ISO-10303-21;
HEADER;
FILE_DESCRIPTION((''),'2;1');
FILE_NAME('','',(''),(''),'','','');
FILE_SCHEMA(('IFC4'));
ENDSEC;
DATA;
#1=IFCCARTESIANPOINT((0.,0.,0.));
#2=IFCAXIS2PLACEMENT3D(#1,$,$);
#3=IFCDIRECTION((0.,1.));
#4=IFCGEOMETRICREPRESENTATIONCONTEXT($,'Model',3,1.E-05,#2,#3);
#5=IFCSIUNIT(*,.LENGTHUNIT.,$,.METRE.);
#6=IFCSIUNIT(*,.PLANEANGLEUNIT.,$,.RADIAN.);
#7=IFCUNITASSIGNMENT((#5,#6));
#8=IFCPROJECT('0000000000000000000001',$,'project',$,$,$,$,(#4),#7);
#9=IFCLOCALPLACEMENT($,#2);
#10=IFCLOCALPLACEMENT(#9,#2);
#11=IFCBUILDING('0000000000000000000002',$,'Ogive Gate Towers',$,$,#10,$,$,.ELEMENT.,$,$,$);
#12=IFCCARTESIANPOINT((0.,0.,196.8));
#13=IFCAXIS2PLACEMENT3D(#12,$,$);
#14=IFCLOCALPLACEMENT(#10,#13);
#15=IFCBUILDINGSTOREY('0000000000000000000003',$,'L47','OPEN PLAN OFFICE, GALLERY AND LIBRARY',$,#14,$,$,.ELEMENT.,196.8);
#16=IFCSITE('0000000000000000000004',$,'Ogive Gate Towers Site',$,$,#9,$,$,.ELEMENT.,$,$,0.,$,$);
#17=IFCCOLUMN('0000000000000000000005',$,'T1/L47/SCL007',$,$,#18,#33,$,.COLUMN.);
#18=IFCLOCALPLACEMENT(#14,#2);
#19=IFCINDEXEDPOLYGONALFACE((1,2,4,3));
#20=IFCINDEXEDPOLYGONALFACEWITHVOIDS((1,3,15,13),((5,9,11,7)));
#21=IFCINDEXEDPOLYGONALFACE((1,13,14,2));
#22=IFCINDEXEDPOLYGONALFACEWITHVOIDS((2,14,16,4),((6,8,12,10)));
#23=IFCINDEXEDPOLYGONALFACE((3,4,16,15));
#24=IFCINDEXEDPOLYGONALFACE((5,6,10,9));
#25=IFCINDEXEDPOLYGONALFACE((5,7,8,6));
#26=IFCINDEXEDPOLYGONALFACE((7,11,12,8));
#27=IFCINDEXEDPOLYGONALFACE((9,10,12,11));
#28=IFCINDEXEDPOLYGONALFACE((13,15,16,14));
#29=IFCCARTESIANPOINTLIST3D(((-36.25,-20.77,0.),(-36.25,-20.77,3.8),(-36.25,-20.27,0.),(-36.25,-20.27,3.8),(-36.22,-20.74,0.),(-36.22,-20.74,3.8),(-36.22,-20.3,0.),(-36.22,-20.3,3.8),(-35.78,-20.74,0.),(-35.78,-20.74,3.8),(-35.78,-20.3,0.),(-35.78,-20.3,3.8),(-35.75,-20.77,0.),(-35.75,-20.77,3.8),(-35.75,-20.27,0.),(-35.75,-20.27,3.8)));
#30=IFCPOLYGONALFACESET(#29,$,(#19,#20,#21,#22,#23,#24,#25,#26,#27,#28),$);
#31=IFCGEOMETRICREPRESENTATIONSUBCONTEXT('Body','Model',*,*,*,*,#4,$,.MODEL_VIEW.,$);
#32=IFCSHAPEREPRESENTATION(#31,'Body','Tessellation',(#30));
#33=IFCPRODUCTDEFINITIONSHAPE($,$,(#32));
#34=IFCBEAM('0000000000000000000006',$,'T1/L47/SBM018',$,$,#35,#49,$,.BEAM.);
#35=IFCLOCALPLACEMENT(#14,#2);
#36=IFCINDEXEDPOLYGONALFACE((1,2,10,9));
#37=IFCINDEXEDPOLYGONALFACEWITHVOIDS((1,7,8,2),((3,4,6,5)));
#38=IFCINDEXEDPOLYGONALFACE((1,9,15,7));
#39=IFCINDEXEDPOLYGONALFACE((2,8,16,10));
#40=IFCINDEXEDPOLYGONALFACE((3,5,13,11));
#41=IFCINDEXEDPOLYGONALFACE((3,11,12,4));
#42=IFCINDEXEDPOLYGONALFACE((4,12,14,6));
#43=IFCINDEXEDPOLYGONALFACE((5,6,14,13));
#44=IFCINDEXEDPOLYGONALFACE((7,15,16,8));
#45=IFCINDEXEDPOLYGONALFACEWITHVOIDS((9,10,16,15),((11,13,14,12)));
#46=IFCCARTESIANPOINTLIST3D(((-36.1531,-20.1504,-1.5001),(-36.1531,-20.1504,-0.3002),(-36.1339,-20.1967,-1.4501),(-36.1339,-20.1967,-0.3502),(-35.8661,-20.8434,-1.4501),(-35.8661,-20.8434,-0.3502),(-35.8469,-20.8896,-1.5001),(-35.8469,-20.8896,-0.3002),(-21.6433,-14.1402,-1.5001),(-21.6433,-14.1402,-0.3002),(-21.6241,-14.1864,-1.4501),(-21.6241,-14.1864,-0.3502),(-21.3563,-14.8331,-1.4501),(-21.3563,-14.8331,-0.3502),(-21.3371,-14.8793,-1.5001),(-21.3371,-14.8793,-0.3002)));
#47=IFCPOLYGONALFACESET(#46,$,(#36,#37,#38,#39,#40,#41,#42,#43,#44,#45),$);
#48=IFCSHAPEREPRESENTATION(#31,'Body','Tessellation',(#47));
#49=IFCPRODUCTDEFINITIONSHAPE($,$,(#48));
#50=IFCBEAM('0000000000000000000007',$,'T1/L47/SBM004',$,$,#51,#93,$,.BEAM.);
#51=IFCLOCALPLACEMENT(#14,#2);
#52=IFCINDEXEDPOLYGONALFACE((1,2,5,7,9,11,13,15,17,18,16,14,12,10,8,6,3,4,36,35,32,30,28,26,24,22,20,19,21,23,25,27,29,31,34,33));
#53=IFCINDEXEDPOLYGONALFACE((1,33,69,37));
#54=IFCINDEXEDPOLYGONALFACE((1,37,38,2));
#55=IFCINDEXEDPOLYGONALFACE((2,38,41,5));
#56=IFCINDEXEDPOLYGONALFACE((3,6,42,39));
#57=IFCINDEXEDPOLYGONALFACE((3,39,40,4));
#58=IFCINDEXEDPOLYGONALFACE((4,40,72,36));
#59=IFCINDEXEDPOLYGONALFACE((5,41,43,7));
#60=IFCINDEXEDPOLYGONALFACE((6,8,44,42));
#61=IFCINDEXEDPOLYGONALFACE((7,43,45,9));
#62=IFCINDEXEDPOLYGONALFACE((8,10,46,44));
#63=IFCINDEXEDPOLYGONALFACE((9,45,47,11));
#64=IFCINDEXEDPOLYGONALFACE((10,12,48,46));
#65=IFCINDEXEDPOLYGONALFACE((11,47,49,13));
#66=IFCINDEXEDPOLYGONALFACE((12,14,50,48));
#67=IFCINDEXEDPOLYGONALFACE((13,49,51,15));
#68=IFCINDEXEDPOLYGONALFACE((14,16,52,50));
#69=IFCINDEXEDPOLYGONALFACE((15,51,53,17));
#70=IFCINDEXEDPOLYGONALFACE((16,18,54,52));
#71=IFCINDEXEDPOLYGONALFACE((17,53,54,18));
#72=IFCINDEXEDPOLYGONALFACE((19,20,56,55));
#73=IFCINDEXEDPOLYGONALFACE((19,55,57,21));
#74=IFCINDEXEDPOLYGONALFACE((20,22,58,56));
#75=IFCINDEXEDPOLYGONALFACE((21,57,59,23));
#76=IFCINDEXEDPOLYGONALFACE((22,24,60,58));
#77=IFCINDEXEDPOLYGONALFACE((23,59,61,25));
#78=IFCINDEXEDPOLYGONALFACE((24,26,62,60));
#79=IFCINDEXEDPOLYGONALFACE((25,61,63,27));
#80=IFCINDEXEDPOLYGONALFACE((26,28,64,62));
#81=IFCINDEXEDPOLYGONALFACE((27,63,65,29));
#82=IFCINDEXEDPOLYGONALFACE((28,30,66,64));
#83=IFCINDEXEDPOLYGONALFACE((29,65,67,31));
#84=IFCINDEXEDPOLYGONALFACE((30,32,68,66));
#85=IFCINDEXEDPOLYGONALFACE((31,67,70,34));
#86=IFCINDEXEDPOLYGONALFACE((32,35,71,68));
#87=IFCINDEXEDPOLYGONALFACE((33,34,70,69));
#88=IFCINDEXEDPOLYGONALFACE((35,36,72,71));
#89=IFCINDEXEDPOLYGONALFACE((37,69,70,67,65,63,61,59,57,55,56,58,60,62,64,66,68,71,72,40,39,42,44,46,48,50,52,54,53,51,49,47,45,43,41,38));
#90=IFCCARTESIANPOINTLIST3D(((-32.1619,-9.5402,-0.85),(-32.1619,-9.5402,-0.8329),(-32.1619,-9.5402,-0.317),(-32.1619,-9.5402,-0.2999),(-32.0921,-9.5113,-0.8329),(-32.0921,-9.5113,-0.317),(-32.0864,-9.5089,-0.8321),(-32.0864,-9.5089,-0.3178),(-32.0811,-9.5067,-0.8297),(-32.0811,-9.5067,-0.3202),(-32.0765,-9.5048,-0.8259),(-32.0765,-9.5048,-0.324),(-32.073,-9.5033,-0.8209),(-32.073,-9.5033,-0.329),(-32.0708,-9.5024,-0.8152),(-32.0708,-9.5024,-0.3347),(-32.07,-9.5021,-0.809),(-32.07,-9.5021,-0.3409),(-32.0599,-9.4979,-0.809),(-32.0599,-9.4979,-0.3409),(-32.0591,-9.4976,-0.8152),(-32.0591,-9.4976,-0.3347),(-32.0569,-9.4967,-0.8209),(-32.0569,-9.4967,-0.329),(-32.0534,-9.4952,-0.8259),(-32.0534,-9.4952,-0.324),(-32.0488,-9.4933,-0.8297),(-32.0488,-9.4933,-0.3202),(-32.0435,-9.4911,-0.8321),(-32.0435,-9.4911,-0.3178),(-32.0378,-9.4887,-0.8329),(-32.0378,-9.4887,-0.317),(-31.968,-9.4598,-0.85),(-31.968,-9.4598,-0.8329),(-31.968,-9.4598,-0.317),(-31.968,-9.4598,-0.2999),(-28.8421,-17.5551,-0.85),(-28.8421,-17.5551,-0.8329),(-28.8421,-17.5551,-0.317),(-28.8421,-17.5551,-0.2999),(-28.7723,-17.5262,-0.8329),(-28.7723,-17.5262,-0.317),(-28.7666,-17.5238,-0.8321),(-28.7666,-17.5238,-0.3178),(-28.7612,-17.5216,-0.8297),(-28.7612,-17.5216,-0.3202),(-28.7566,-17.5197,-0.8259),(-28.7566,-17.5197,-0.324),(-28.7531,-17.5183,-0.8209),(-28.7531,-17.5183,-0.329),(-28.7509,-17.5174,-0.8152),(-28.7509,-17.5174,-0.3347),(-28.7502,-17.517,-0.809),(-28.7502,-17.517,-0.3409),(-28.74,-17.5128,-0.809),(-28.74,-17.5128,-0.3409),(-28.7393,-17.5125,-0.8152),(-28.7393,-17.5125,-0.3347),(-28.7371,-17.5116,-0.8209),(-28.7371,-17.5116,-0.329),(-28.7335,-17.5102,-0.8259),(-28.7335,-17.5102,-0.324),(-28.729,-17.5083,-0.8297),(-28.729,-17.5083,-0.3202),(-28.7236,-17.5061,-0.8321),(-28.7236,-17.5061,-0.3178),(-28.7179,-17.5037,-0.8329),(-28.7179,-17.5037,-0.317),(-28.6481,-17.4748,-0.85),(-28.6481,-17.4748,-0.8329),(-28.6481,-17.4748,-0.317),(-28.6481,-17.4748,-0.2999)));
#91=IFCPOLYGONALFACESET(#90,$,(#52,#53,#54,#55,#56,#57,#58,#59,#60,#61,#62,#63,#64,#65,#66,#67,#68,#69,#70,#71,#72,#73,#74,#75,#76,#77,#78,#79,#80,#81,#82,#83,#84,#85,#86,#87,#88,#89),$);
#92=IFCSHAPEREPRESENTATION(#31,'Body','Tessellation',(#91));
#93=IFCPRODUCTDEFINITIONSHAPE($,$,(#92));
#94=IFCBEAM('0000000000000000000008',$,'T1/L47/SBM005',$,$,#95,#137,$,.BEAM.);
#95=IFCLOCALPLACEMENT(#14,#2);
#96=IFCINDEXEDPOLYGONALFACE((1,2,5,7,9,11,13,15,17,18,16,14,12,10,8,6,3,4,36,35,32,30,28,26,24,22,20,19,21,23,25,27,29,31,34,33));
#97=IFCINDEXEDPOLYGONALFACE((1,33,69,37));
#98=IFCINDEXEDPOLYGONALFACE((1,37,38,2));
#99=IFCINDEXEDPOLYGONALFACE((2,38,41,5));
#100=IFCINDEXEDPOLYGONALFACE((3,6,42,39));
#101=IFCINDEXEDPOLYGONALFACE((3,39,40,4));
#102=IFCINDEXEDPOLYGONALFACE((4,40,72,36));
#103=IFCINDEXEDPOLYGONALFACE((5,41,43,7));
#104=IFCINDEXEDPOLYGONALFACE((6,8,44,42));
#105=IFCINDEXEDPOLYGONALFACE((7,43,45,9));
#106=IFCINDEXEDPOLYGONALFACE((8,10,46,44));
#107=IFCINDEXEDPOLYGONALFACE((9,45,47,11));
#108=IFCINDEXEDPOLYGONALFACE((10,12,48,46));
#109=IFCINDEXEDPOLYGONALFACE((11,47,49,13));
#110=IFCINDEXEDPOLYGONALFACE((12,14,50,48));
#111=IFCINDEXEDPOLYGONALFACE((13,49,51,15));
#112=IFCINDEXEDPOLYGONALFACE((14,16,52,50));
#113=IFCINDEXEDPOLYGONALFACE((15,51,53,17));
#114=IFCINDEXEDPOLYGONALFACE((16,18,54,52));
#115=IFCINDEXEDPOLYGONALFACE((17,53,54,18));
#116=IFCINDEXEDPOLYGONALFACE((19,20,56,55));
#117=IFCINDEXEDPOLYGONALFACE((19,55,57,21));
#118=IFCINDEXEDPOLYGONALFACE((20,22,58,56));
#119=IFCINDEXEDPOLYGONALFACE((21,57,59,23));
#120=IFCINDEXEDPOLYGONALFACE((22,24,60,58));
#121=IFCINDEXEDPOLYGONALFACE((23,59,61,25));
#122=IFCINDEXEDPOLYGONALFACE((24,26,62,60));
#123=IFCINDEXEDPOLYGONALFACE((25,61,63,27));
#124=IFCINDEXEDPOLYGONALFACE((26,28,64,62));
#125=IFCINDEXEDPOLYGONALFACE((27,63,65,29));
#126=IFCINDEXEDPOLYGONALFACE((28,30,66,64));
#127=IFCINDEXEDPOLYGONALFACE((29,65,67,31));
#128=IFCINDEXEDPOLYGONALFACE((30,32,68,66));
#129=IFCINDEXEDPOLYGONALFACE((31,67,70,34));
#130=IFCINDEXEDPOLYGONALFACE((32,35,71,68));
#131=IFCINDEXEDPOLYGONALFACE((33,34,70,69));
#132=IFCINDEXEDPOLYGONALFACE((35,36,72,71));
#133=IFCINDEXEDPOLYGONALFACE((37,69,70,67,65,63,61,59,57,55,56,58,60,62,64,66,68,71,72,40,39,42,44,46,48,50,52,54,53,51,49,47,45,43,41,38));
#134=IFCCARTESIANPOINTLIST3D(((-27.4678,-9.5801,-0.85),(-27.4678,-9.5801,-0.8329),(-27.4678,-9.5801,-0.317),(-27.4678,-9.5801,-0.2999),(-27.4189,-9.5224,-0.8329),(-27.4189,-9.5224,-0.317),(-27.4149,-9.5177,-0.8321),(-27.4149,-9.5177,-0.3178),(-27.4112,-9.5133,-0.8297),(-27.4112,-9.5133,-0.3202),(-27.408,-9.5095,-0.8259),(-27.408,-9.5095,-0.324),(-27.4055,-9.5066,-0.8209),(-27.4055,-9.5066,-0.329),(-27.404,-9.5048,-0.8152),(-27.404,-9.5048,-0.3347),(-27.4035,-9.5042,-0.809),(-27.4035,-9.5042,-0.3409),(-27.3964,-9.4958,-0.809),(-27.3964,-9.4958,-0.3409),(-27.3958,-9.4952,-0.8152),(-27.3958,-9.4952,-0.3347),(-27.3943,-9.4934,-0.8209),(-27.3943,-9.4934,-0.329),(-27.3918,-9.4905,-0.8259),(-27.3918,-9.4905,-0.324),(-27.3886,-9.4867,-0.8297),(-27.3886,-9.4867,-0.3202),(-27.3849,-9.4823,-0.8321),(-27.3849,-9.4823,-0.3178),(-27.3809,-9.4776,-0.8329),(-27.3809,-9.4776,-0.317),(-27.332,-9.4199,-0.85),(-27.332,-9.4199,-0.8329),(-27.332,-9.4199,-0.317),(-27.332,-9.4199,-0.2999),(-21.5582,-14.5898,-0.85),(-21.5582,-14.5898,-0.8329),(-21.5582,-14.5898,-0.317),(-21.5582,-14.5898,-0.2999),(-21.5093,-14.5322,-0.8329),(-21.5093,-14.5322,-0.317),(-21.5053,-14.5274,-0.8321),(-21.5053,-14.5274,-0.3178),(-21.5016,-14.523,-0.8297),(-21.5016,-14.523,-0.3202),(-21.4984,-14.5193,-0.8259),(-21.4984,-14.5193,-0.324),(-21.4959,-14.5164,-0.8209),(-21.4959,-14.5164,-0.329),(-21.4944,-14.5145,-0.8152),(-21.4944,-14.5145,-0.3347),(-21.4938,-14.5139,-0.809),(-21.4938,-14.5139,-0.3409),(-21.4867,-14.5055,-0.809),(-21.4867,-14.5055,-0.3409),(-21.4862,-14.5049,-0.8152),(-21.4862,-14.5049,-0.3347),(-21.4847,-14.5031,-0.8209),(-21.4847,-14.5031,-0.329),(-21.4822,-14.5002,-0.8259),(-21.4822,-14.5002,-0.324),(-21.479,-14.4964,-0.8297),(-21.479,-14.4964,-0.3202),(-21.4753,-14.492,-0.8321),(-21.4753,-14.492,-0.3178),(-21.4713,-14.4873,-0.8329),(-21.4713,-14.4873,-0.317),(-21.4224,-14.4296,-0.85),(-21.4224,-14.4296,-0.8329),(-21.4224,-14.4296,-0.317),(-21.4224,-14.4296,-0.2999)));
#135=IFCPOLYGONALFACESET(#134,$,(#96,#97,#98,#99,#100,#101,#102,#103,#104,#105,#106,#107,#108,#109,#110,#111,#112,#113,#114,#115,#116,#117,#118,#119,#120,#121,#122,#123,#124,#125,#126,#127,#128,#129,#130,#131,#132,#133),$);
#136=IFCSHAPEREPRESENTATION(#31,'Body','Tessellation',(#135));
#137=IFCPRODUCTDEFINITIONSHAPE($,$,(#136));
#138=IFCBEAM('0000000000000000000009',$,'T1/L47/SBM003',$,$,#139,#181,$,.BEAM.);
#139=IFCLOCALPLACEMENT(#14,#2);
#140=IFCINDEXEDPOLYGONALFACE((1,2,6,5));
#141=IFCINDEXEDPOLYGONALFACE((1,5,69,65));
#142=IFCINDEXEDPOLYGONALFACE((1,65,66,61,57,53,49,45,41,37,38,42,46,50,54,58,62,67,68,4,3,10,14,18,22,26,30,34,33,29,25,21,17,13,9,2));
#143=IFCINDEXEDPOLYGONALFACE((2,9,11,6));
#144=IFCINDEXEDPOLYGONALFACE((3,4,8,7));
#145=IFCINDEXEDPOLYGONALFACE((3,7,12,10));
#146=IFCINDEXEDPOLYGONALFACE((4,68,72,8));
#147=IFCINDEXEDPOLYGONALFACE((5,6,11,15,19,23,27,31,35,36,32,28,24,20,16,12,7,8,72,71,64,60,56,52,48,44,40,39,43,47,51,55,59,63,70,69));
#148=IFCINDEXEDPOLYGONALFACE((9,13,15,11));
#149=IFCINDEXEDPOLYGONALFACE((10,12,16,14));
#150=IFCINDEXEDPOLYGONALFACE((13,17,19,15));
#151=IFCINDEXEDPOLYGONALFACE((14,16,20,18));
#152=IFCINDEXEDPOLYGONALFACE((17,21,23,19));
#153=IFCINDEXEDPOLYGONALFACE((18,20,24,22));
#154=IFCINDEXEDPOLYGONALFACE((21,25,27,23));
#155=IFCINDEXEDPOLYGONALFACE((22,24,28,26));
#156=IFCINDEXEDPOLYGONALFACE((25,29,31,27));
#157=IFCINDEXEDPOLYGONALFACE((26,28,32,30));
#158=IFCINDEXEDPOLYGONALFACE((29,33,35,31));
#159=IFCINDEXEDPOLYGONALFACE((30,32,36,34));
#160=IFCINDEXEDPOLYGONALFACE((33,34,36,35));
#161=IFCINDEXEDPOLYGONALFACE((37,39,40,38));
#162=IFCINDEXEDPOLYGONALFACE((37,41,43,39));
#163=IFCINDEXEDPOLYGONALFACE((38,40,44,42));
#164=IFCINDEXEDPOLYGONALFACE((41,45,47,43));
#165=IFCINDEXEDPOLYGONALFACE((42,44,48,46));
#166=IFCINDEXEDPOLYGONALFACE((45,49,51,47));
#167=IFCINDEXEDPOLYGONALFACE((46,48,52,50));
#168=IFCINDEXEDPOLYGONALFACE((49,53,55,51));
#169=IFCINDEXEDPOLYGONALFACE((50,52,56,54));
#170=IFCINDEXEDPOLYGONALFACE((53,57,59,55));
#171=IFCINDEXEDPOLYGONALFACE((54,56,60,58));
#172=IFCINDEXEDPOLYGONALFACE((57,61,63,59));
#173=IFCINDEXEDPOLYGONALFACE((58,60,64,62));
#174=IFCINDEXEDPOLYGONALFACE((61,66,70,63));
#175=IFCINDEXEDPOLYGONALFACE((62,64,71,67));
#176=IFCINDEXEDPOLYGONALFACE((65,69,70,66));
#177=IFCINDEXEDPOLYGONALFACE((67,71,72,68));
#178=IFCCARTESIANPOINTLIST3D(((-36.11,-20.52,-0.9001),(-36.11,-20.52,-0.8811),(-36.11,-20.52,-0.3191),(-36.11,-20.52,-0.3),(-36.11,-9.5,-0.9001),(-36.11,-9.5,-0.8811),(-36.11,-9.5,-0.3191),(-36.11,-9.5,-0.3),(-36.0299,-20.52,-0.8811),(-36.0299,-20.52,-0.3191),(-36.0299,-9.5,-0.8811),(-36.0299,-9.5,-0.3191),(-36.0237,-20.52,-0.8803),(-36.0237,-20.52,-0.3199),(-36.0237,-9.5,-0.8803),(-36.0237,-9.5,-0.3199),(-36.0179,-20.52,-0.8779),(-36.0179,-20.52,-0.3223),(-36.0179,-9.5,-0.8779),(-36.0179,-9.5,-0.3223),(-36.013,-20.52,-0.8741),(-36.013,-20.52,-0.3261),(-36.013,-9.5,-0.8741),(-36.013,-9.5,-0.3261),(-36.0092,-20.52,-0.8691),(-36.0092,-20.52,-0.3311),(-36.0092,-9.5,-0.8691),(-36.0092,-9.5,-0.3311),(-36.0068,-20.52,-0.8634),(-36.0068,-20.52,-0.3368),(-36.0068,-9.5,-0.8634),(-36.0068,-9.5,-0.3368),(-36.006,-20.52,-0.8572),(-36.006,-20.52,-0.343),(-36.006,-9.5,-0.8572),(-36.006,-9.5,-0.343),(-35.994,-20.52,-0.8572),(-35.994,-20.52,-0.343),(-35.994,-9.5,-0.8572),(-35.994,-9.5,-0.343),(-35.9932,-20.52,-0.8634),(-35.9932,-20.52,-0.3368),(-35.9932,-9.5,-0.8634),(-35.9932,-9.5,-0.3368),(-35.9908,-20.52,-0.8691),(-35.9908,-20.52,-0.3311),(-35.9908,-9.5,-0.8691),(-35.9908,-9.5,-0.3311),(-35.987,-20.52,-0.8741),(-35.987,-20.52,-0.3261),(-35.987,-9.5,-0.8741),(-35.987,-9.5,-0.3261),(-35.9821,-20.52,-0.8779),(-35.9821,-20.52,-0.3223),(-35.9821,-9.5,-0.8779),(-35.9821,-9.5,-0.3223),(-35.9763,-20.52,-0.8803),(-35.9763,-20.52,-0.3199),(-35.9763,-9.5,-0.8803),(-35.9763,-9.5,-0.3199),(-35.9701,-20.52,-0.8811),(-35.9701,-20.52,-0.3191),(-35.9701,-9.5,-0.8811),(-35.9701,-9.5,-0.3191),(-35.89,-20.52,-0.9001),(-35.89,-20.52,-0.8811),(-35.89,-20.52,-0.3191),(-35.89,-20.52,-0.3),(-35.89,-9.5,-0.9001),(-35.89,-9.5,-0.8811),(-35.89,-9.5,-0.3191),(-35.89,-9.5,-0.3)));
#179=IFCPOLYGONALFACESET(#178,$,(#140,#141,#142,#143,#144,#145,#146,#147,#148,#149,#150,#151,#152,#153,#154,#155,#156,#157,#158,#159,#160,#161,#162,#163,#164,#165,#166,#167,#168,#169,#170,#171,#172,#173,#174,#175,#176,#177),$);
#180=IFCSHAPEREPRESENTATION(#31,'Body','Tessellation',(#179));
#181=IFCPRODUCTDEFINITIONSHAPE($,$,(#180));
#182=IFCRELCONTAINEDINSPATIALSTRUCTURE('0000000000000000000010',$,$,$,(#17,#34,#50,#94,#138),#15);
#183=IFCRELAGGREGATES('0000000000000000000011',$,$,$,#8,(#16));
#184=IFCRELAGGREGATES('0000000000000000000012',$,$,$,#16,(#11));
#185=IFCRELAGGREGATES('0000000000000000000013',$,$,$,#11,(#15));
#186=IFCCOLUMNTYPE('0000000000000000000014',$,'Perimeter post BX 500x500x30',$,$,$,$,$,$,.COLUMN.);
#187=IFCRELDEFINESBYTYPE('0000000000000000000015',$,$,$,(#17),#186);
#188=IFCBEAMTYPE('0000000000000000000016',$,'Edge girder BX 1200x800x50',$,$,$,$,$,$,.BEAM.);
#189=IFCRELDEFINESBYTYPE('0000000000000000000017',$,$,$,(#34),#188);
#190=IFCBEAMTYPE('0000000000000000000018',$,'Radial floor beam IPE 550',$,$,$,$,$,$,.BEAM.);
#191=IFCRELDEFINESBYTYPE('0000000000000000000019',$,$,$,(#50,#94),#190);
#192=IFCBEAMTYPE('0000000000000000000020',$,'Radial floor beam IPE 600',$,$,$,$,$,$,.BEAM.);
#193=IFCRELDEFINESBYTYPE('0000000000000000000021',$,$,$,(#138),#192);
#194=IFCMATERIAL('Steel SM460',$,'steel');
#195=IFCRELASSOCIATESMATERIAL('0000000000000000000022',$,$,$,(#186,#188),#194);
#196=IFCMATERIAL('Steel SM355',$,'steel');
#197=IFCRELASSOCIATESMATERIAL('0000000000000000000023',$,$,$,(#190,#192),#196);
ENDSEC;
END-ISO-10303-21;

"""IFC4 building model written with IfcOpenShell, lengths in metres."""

from ifc_helpers import new_model, si_unit, direction, frame, origin, origin_2d, place, context, subcontext, project, spatial, hollow_rectangle, i_section, extrude, material, material_profile, profile_set, type_object, element, save


model = new_model("IFC4")

# Units and contexts
model_context = context("Model", 3, precision=1e-05, world=origin(), true_north=direction((0.0, 1.0)))
body_context = subcontext(model_context, "Body", "Model", "MODEL_VIEW")
ifc_project = project(units=[si_unit("LENGTHUNIT", "METRE"), si_unit("PLANEANGLEUNIT", "RADIAN")], contexts=[model_context])

# Site, building, storey
site_placement = place(None, origin())
site = spatial("IfcSite", under=ifc_project, at=site_placement, Name="Ogive Gate Towers Site", CompositionType="ELEMENT", RefElevation=0.0)
building_placement = place(site_placement, origin())
building = spatial("IfcBuilding", under=site, at=building_placement, Name="Ogive Gate Towers", CompositionType="ELEMENT")
storey_placement = place(building_placement, frame((0.0, 0.0, 196.8)))
storey = spatial("IfcBuildingStorey", under=building, at=storey_placement, Name="L47", Description="OPEN PLAN OFFICE, GALLERY AND LIBRARY", CompositionType="ELEMENT", Elevation=196.8)

# Column
ifc_material_1 = material(Name="Steel SM460", Category="steel")
ifc_material_profile_1 = material_profile(ifc_material_1, hollow_rectangle(XDim=0.5, YDim=0.5, WallThickness=0.03, at=origin_2d()), Name="BX 500x500x30")
ifc_profile_set_1 = profile_set([ifc_material_profile_1], Name="Steel SM460")
column_type = type_object("IfcColumnType", Name="Perimeter post BX 500x500x30", PredefinedType="COLUMN", material=ifc_profile_set_1)
column_placement = place(storey_placement, frame((-36.0, -20.52, 0.0), z_axis=(0.0, 0.0, 1.0), x_axis=(1.0, 0.0, 0.0)))
element("IfcColumn", 1, at=column_placement, inside=storey, type_object=column_type, Name="T1/L47/SCL007", PredefinedType="COLUMN", context=body_context, shape_type="SweptSolid", body=[
    extrude(hollow_rectangle(XDim=0.5, YDim=0.5, WallThickness=0.03, at=origin_2d()), origin(), (0.0, 0.0, 1.0), 3.8),
])

# Beams
ifc_material_profile_2 = material_profile(ifc_material_1, hollow_rectangle(XDim=0.8, YDim=1.2, WallThickness=0.05, at=origin_2d()), Name="BX 1200x800x50")
ifc_profile_set_2 = profile_set([ifc_material_profile_2], Name="Steel SM460")
beam_type_1 = type_object("IfcBeamType", Name="Edge girder BX 1200x800x50", PredefinedType="BEAM", material=ifc_profile_set_2)
beam_1_placement = place(storey_placement, frame((-36.0, -20.52, -0.9001), z_axis=(0.923877, 0.38269, 0.0), x_axis=(-0.38269, 0.923877, 0.0)))
element("IfcBeam", 2, at=beam_1_placement, inside=storey, type_object=beam_type_1, Name="T1/L47/SBM018", PredefinedType="BEAM", context=body_context, shape_type="SweptSolid", body=[
    extrude(hollow_rectangle(XDim=0.8, YDim=1.2, WallThickness=0.05, at=origin_2d()), origin(), (0.0, 0.0, 1.0), 15.7053),
])
ifc_material_2 = material(Name="Steel SM355", Category="steel")
ifc_material_profile_3 = material_profile(ifc_material_2, i_section(OverallWidth=0.21, OverallDepth=0.55, WebThickness=0.011, FlangeThickness=0.0171, FilletRadius=0.0239, at=origin_2d()), Name="IPE 550")
ifc_profile_set_3 = profile_set([ifc_material_profile_3], Name="Steel SM355")
beam_type_2 = type_object("IfcBeamType", Name="Radial floor beam IPE 550", PredefinedType="BEAM", material=ifc_profile_set_3)
beam_2_placement = place(storey_placement, frame((-32.0649, -9.5, -0.575), z_axis=(0.382678, -0.923882, 0.0), x_axis=(0.923882, 0.382678, 0.0)))
element("IfcBeam", 3, at=beam_2_placement, inside=storey, type_object=beam_type_2, Name="T1/L47/SBM004", PredefinedType="BEAM", context=body_context, shape_type="SweptSolid", body=[
    extrude(i_section(OverallWidth=0.21, OverallDepth=0.55, WebThickness=0.011, FlangeThickness=0.0171, FilletRadius=0.0239, at=origin_2d()), origin(), (0.0, 0.0, 1.0), 8.6753),
])
beam_3_placement = place(storey_placement, frame((-27.3999, -9.5, -0.575), z_axis=(0.762795, -0.64664, 0.0), x_axis=(0.64664, 0.762795, 0.0)))
element("IfcBeam", 4, at=beam_3_placement, inside=storey, type_object=beam_type_2, Name="T1/L47/SBM005", PredefinedType="BEAM", context=body_context, shape_type="SweptSolid", body=[
    extrude(i_section(OverallWidth=0.21, OverallDepth=0.55, WebThickness=0.011, FlangeThickness=0.0171, FilletRadius=0.0239, at=origin_2d()), origin(), (0.0, 0.0, 1.0), 7.7473),
])
ifc_material_profile_4 = material_profile(ifc_material_2, i_section(OverallWidth=0.22, OverallDepth=0.6001, WebThickness=0.012, FlangeThickness=0.019, FilletRadius=0.0239, at=origin_2d()), Name="IPE 600")
ifc_profile_set_4 = profile_set([ifc_material_profile_4], Name="Steel SM355")
beam_type_3 = type_object("IfcBeamType", Name="Radial floor beam IPE 600", PredefinedType="BEAM", material=ifc_profile_set_4)
beam_4_placement = place(storey_placement, frame((-36.0, -9.5, -0.6001), z_axis=(0.0, -1.0, 0.0), x_axis=(1.0, 0.0, 0.0)))
element("IfcBeam", 5, at=beam_4_placement, inside=storey, type_object=beam_type_3, Name="T1/L47/SBM003", PredefinedType="BEAM", context=body_context, shape_type="SweptSolid", body=[
    extrude(i_section(OverallWidth=0.22, OverallDepth=0.6001, WebThickness=0.012, FlangeThickness=0.019, FilletRadius=0.0239, at=origin_2d()), origin(), (0.0, 0.0, 1.0), 11.02),
])

save(model, "model.ifc")
